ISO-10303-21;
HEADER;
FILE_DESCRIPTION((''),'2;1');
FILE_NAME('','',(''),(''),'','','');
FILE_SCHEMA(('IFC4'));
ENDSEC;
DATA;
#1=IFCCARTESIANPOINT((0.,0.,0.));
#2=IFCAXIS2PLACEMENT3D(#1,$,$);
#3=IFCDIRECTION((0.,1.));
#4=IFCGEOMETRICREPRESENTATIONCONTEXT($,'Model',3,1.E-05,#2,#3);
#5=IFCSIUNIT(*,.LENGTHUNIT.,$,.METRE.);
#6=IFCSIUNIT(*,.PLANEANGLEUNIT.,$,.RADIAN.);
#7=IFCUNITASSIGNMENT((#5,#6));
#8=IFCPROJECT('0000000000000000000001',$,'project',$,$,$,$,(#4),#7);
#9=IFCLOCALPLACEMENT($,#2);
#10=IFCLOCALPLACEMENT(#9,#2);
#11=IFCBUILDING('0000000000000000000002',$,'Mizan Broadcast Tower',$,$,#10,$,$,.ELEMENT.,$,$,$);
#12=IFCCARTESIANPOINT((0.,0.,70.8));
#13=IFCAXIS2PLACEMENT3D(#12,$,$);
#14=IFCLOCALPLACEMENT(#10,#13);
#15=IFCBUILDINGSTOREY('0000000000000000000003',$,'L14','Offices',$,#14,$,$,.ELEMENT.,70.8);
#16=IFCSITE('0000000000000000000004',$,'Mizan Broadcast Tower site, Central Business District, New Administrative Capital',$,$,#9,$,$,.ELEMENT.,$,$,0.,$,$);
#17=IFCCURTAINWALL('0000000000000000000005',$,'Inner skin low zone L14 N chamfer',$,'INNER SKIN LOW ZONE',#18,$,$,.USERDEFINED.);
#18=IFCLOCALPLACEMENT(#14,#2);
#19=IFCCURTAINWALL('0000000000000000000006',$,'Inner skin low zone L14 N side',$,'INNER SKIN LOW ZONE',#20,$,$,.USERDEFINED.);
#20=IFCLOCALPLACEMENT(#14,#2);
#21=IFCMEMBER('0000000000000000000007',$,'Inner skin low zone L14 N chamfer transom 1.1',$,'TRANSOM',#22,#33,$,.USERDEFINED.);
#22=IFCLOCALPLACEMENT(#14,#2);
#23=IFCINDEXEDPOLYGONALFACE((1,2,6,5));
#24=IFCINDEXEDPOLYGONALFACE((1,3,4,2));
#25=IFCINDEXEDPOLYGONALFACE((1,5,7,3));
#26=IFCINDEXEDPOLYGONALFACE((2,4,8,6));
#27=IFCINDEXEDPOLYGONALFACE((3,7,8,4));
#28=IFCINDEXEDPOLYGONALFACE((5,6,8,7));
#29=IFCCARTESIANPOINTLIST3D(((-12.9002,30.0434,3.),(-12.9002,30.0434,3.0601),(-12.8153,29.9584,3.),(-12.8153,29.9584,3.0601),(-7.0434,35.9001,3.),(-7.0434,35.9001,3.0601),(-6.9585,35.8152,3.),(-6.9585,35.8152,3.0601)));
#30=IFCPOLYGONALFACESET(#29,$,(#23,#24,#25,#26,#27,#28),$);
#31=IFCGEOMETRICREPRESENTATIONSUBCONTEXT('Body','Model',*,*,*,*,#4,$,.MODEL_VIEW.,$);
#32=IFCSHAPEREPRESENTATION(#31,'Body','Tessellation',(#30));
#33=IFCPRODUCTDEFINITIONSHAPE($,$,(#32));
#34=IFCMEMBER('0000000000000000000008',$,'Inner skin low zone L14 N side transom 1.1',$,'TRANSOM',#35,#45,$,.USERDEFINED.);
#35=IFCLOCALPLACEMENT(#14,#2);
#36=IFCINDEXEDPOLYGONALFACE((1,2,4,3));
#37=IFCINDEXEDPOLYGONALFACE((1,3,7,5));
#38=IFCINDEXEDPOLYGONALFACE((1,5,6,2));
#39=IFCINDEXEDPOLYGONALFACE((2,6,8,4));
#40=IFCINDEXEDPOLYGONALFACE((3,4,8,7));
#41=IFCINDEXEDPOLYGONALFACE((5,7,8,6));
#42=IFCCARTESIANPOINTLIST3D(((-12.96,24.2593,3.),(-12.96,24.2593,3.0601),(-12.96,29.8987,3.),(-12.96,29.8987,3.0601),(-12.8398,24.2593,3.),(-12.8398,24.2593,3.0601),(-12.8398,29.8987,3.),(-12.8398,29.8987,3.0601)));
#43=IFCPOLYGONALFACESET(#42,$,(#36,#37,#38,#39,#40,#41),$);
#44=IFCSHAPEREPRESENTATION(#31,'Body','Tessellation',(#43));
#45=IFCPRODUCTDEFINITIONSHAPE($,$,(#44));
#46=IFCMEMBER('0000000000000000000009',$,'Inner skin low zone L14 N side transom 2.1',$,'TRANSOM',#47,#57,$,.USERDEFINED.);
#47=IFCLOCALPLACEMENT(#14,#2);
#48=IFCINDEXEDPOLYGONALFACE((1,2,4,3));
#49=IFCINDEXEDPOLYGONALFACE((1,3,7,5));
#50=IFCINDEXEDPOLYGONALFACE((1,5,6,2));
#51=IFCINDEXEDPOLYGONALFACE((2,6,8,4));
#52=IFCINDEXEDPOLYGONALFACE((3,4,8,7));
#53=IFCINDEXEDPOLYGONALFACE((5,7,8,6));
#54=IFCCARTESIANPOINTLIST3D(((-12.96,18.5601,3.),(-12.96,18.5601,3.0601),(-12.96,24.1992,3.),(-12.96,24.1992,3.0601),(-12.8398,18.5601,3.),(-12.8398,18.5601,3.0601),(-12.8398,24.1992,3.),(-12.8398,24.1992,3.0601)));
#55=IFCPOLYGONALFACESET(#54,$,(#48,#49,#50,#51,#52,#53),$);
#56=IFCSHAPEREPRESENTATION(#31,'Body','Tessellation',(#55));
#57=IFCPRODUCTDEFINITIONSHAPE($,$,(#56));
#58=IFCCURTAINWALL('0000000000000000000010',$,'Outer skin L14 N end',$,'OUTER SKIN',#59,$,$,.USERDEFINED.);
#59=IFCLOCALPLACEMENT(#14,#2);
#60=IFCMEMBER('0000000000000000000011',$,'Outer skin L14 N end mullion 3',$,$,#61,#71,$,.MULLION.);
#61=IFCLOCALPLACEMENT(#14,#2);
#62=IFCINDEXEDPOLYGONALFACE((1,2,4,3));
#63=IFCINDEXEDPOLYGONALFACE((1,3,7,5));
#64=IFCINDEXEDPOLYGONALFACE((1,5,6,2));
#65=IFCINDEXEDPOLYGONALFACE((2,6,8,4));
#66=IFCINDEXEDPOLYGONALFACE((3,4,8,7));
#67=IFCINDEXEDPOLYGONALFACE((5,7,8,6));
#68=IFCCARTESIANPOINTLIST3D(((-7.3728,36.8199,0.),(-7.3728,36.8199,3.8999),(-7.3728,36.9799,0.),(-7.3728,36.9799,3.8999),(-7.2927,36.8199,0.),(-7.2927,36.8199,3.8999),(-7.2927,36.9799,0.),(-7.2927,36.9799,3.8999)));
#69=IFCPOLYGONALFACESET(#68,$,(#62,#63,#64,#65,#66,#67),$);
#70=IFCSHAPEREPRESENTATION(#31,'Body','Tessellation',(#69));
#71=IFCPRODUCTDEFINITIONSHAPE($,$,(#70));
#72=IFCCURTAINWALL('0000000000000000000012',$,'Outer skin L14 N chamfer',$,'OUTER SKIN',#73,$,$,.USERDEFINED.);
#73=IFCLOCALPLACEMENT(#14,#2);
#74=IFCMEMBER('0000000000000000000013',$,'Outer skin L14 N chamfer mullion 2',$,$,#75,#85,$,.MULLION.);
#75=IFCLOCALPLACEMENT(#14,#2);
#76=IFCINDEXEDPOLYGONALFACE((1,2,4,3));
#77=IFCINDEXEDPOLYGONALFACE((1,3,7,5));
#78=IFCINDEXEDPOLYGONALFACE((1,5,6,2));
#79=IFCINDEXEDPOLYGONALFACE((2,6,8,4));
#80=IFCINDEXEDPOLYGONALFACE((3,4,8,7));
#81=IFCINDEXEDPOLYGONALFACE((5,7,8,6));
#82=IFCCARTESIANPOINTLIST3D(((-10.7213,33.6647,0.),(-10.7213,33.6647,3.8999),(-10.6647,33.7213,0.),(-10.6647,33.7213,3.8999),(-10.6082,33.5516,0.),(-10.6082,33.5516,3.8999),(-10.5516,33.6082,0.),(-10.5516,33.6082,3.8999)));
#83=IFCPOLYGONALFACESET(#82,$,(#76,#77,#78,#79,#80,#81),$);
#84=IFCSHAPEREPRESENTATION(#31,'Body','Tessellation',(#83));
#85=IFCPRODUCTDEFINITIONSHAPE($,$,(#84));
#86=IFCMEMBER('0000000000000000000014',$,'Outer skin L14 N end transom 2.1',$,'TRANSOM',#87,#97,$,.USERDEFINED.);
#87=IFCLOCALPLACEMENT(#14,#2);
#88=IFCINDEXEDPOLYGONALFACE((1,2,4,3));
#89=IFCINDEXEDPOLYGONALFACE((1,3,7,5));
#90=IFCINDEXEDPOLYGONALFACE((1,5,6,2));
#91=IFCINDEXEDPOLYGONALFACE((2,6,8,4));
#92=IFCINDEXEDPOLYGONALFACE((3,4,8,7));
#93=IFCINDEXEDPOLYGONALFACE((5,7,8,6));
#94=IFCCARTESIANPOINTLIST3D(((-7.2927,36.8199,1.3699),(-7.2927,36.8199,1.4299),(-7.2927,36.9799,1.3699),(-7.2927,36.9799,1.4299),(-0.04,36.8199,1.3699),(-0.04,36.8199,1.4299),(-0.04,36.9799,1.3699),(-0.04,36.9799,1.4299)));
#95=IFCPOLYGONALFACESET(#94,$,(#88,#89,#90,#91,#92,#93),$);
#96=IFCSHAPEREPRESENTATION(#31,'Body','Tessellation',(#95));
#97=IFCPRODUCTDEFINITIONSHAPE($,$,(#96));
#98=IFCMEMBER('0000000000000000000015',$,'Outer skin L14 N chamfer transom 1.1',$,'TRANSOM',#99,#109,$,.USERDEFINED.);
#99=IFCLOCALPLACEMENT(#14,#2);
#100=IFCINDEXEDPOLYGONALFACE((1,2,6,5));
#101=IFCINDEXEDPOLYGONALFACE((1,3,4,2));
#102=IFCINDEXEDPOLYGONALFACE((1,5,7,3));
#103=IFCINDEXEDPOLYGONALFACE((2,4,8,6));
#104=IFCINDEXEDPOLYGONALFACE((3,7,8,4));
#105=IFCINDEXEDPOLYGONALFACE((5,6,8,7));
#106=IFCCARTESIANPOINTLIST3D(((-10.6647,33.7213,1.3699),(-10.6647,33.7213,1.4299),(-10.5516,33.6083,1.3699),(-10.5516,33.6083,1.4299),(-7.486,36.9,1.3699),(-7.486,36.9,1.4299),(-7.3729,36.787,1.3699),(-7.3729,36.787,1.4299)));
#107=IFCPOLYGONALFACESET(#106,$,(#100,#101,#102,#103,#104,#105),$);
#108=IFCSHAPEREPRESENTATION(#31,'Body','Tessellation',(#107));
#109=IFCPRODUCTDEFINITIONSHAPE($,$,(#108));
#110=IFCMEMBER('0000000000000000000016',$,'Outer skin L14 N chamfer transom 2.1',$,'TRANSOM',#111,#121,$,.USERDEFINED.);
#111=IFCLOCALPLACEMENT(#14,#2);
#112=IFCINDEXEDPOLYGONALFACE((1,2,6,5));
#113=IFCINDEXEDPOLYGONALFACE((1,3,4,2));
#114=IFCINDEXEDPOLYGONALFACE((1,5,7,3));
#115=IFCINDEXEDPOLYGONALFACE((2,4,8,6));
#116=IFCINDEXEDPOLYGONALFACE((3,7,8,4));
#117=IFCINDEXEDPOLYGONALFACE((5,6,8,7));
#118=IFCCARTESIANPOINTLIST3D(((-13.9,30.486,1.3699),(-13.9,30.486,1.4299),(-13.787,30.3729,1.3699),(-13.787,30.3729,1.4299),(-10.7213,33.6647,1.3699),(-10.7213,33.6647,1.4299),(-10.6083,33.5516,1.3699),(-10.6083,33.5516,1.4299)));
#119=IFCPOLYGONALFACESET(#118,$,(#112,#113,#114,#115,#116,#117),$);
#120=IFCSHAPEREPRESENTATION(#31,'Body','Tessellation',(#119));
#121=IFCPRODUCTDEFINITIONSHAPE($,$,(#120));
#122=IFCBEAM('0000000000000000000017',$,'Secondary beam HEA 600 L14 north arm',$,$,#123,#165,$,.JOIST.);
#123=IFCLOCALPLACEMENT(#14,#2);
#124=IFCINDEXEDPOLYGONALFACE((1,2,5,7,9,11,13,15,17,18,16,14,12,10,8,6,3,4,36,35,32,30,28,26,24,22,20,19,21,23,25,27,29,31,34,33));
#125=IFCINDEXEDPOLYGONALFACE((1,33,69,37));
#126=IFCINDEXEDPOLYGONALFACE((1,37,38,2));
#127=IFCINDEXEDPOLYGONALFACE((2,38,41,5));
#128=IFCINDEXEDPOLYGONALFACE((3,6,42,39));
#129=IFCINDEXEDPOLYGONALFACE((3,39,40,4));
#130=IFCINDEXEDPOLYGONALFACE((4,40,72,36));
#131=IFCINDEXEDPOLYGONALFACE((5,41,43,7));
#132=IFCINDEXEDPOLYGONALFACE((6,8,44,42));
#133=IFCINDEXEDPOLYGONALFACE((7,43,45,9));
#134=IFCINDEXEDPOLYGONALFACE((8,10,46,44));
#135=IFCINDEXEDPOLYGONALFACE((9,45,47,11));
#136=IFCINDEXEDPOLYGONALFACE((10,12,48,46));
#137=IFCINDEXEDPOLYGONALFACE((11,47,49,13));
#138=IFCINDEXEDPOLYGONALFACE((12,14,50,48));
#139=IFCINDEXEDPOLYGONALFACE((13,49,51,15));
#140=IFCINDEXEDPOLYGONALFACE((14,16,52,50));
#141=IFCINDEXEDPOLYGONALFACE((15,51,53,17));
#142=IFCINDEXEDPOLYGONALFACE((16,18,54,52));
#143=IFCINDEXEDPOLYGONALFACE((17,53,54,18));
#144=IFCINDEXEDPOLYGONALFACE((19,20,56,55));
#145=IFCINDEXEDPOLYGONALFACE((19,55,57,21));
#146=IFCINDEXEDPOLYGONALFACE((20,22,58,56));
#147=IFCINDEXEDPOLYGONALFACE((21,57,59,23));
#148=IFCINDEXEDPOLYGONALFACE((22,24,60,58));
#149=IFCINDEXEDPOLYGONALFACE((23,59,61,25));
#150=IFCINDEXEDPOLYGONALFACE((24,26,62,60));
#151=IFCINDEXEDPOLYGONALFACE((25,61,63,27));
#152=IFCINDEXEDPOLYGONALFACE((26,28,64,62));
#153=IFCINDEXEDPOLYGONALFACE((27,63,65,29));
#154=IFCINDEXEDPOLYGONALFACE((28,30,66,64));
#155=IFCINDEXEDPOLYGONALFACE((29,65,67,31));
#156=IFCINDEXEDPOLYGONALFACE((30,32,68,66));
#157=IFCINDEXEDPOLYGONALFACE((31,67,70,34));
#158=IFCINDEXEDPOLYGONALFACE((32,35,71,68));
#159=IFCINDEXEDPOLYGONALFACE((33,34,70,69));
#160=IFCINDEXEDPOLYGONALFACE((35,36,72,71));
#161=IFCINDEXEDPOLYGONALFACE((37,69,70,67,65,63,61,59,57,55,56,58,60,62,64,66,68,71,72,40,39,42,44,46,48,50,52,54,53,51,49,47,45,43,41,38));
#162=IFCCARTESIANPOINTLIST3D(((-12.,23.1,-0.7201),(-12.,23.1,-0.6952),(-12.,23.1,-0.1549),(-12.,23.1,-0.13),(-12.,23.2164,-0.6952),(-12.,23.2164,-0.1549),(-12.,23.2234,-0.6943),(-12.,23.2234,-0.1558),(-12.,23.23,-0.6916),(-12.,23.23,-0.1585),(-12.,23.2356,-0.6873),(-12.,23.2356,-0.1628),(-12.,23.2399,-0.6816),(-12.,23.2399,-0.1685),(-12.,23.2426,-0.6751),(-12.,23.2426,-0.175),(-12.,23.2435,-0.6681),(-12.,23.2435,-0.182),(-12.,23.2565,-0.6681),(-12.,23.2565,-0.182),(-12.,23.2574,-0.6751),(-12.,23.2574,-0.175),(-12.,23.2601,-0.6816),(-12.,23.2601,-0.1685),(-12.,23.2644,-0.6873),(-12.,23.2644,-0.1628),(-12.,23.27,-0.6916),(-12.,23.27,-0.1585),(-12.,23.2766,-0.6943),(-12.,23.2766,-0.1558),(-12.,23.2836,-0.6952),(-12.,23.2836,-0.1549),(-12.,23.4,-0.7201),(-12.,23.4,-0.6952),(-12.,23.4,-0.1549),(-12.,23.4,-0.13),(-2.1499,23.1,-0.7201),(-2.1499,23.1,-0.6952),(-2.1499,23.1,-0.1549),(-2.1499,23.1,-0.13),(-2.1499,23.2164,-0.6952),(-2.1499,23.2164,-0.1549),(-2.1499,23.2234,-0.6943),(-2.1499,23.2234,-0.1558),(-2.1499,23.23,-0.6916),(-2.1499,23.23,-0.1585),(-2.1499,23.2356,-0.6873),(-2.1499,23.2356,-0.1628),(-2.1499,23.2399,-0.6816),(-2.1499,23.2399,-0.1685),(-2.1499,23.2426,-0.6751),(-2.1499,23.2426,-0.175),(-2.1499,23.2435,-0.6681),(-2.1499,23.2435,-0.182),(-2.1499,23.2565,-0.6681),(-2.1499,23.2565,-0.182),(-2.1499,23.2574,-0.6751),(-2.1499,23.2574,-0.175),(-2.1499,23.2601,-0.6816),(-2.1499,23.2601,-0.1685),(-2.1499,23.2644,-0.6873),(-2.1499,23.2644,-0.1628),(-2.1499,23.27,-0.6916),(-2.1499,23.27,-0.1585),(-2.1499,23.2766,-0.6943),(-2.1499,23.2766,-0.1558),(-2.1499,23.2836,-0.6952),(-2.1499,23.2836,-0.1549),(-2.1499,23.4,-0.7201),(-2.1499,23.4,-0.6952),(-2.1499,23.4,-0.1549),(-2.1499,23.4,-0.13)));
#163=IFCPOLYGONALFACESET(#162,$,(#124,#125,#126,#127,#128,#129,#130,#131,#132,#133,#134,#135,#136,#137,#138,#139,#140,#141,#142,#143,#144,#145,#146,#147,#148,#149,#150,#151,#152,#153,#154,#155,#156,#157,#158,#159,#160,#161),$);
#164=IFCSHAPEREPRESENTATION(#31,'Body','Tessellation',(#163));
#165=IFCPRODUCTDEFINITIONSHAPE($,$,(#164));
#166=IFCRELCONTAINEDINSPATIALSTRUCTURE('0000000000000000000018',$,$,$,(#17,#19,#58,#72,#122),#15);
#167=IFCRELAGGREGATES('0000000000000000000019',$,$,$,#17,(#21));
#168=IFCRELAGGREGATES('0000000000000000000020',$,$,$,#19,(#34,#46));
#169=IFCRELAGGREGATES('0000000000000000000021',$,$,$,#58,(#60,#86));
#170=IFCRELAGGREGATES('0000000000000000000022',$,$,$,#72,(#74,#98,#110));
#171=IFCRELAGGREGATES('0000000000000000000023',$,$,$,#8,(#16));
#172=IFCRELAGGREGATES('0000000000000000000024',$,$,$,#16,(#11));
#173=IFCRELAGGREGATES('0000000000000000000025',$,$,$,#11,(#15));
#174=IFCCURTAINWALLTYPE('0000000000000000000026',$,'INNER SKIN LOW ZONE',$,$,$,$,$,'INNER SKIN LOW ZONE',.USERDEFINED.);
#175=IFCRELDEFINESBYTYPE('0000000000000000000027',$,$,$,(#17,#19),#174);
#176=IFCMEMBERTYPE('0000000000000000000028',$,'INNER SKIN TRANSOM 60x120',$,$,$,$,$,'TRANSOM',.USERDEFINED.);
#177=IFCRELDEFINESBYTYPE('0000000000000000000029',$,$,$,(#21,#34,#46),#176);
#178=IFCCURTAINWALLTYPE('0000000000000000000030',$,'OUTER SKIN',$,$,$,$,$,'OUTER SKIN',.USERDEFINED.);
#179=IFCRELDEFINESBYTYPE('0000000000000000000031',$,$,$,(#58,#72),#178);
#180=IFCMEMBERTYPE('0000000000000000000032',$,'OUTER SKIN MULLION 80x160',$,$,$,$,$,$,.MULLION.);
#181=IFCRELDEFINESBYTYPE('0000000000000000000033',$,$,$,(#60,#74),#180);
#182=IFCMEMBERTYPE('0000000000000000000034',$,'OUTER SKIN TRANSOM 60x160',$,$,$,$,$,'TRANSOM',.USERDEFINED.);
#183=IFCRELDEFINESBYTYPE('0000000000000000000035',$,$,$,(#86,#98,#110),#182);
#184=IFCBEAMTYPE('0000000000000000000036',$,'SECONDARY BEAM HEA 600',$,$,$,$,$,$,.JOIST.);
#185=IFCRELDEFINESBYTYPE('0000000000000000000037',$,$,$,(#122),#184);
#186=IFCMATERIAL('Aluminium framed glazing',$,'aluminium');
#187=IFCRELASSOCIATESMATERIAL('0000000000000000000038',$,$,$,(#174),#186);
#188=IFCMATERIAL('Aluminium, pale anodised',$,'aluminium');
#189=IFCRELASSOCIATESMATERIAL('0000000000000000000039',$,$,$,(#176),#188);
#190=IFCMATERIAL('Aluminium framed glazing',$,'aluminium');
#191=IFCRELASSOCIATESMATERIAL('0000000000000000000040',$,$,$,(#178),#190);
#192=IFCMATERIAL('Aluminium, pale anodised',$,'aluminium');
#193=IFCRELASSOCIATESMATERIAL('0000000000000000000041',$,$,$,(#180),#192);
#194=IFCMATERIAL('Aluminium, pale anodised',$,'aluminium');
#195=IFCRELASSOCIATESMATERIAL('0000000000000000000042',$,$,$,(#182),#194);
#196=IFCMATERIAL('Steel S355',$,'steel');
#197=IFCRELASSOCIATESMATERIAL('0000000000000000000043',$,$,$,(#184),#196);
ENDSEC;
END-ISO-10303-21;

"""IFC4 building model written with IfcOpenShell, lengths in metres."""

from ifc_helpers import new_model, si_unit, direction, frame, origin, origin_2d, place, context, subcontext, project, spatial, rectangle, i_section, extrude, material, material_profile, profile_set, type_object, element, aggregate, save


model = new_model("IFC4")

# Units and contexts
model_context = context("Model", 3, precision=1e-05, world=origin(), true_north=direction((0.0, 1.0)))
body_context = subcontext(model_context, "Body", "Model", "MODEL_VIEW")
ifc_project = project(units=[si_unit("LENGTHUNIT", "METRE"), si_unit("PLANEANGLEUNIT", "RADIAN")], contexts=[model_context])

# Site, building, storey
site_placement = place(None, origin())
site = spatial("IfcSite", under=ifc_project, at=site_placement, Name="Mizan Broadcast Tower site, Central Business District, New Administrative Capital", CompositionType="ELEMENT", RefElevation=0.0)
building_placement = place(site_placement, origin())
building = spatial("IfcBuilding", under=site, at=building_placement, Name="Mizan Broadcast Tower", CompositionType="ELEMENT")
storey_placement = place(building_placement, frame((0.0, 0.0, 70.8)))
storey = spatial("IfcBuildingStorey", under=building, at=storey_placement, Name="L14", Description="Offices", CompositionType="ELEMENT", Elevation=70.8)

# Curtain walls
ifc_material_1 = material(Name="Aluminium framed glazing", Category="aluminium")
curtain_wall_type_1 = type_object("IfcCurtainWallType", Name="INNER SKIN LOW ZONE", ElementType="INNER SKIN LOW ZONE", PredefinedType="USERDEFINED", material=ifc_material_1)
curtain_wall_1_placement = place(storey_placement, origin())
curtain_wall_1 = element("IfcCurtainWall", 1, at=curtain_wall_1_placement, inside=storey, type_object=curtain_wall_type_1, Name="Inner skin low zone L14 N chamfer", ObjectType="INNER SKIN LOW ZONE", PredefinedType="USERDEFINED")
curtain_wall_2_placement = place(storey_placement, origin())
curtain_wall_2 = element("IfcCurtainWall", 2, at=curtain_wall_2_placement, inside=storey, type_object=curtain_wall_type_1, Name="Inner skin low zone L14 N side", ObjectType="INNER SKIN LOW ZONE", PredefinedType="USERDEFINED")

# Members
ifc_material_2 = material(Name="Aluminium, pale anodised", Category="aluminium")
ifc_material_profile_1 = material_profile(ifc_material_2, rectangle(XDim=0.1201, YDim=0.0601, at=origin_2d()), Name="TRANSOM 120x60")
ifc_profile_set_1 = profile_set([ifc_material_profile_1], Name="Aluminium, pale anodised")
member_type_1 = type_object("IfcMemberType", Name="INNER SKIN TRANSOM 60x120", ElementType="TRANSOM", PredefinedType="USERDEFINED", material=ifc_profile_set_1)
member_1_placement = place(storey_placement, frame((-7.001, 35.8577, 3.03), z_axis=(-0.707107, -0.707107, 0.0), x_axis=(0.707107, -0.707107, 0.0)))
member_1 = element("IfcMember", 3, at=member_1_placement, type_object=member_type_1, Name="Inner skin low zone L14 N chamfer transom 1.1", ObjectType="TRANSOM", PredefinedType="USERDEFINED", context=body_context, shape_type="SweptSolid", body=[
    extrude(rectangle(XDim=0.1201, YDim=0.0601, at=origin_2d()), origin(), (0.0, 0.0, 1.0), 8.2827),
])
member_2_placement = place(storey_placement, frame((-12.8999, 29.8987, 3.03), z_axis=(0.0, -1.0, 0.0), x_axis=(1.0, 0.0, 0.0)))
member_2 = element("IfcMember", 4, at=member_2_placement, type_object=member_type_1, Name="Inner skin low zone L14 N side transom 1.1", ObjectType="TRANSOM", PredefinedType="USERDEFINED", context=body_context, shape_type="SweptSolid", body=[
    extrude(rectangle(XDim=0.1201, YDim=0.0601, at=origin_2d()), origin(), (0.0, 0.0, 1.0), 5.6394),
])
member_3_placement = place(storey_placement, frame((-12.8999, 24.1992, 3.03), z_axis=(0.0, -1.0, 0.0), x_axis=(1.0, 0.0, 0.0)))
member_3 = element("IfcMember", 5, at=member_3_placement, type_object=member_type_1, Name="Inner skin low zone L14 N side transom 2.1", ObjectType="TRANSOM", PredefinedType="USERDEFINED", context=body_context, shape_type="SweptSolid", body=[
    extrude(rectangle(XDim=0.1201, YDim=0.0601, at=origin_2d()), origin(), (0.0, 0.0, 1.0), 5.6392),
])

# Curtain walls, members
ifc_material_3 = material(Name="Aluminium framed glazing", Category="aluminium")
curtain_wall_type_2 = type_object("IfcCurtainWallType", Name="OUTER SKIN", ElementType="OUTER SKIN", PredefinedType="USERDEFINED", material=ifc_material_3)
curtain_wall_3_placement = place(storey_placement, origin())
curtain_wall_3 = element("IfcCurtainWall", 6, at=curtain_wall_3_placement, inside=storey, type_object=curtain_wall_type_2, Name="Outer skin L14 N end", ObjectType="OUTER SKIN", PredefinedType="USERDEFINED")
ifc_material_4 = material(Name="Aluminium, pale anodised", Category="aluminium")
ifc_material_profile_2 = material_profile(ifc_material_4, rectangle(XDim=0.1599, YDim=0.0801, at=origin_2d()), Name="MULLION 160x80")
ifc_profile_set_2 = profile_set([ifc_material_profile_2], Name="Aluminium, pale anodised")
member_type_2 = type_object("IfcMemberType", Name="OUTER SKIN MULLION 80x160", PredefinedType="MULLION", material=ifc_profile_set_2)
member_4_placement = place(storey_placement, frame((-7.3328, 36.8999, 0.0), z_axis=(0.0, 0.0, 1.0), x_axis=(0.0, -1.0, 0.0)))
member_4 = element("IfcMember", 7, at=member_4_placement, type_object=member_type_2, Name="Outer skin L14 N end mullion 3", PredefinedType="MULLION", context=body_context, shape_type="SweptSolid", body=[
    extrude(rectangle(XDim=0.1599, YDim=0.0801, at=origin_2d()), origin(), (0.0, 0.0, 1.0), 3.8999),
])
curtain_wall_4_placement = place(storey_placement, origin())
curtain_wall_4 = element("IfcCurtainWall", 8, at=curtain_wall_4_placement, inside=storey, type_object=curtain_wall_type_2, Name="Outer skin L14 N chamfer", ObjectType="OUTER SKIN", PredefinedType="USERDEFINED")
member_5_placement = place(storey_placement, frame((-10.6365, 33.6365, 0.0), z_axis=(0.0, 0.0, 1.0), x_axis=(0.707107, -0.707107, 0.0)))
member_5 = element("IfcMember", 9, at=member_5_placement, type_object=member_type_2, Name="Outer skin L14 N chamfer mullion 2", PredefinedType="MULLION", context=body_context, shape_type="SweptSolid", body=[
    extrude(rectangle(XDim=0.1599, YDim=0.0801, at=origin_2d()), origin(), (0.0, 0.0, 1.0), 3.8999),
])

# Members
ifc_material_5 = material(Name="Aluminium, pale anodised", Category="aluminium")
ifc_material_profile_3 = material_profile(ifc_material_5, rectangle(XDim=0.1599, YDim=0.0601, at=origin_2d()), Name="TRANSOM 160x60")
ifc_profile_set_3 = profile_set([ifc_material_profile_3], Name="Aluminium, pale anodised")
member_type_3 = type_object("IfcMemberType", Name="OUTER SKIN TRANSOM 60x160", ElementType="TRANSOM", PredefinedType="USERDEFINED", material=ifc_profile_set_3)
member_6_placement = place(storey_placement, frame((-0.04, 36.8999, 1.3999), z_axis=(-1.0, 0.0, 0.0), x_axis=(0.0, -1.0, 0.0)))
member_6 = element("IfcMember", 10, at=member_6_placement, type_object=member_type_3, Name="Outer skin L14 N end transom 2.1", ObjectType="TRANSOM", PredefinedType="USERDEFINED", context=body_context, shape_type="SweptSolid", body=[
    extrude(rectangle(XDim=0.1599, YDim=0.0601, at=origin_2d()), origin(), (0.0, 0.0, 1.0), 7.2527),
])
member_7_placement = place(storey_placement, frame((-7.4294, 36.8435, 1.3999), z_axis=(-0.707107, -0.707107, 0.0), x_axis=(0.707107, -0.707107, 0.0)))
member_7 = element("IfcMember", 11, at=member_7_placement, type_object=member_type_3, Name="Outer skin L14 N chamfer transom 1.1", ObjectType="TRANSOM", PredefinedType="USERDEFINED", context=body_context, shape_type="SweptSolid", body=[
    extrude(rectangle(XDim=0.1599, YDim=0.0601, at=origin_2d()), origin(), (0.0, 0.0, 1.0), 4.4954),
])
member_8_placement = place(storey_placement, frame((-10.6648, 33.6082, 1.3999), z_axis=(-0.707107, -0.707107, 0.0), x_axis=(0.707107, -0.707107, 0.0)))
member_8 = element("IfcMember", 12, at=member_8_placement, type_object=member_type_3, Name="Outer skin L14 N chamfer transom 2.1", ObjectType="TRANSOM", PredefinedType="USERDEFINED", context=body_context, shape_type="SweptSolid", body=[
    extrude(rectangle(XDim=0.1599, YDim=0.0601, at=origin_2d()), origin(), (0.0, 0.0, 1.0), 4.4954),
])

# Beam
ifc_material_6 = material(Name="Steel S355", Category="steel")
ifc_material_profile_4 = material_profile(ifc_material_6, i_section(OverallWidth=0.3, OverallDepth=0.5901, WebThickness=0.0129, FlangeThickness=0.0249, FilletRadius=0.0271, at=origin_2d()), Name="HEA 600")
ifc_profile_set_4 = profile_set([ifc_material_profile_4], Name="Steel S355")
beam_type_1 = type_object("IfcBeamType", Name="SECONDARY BEAM HEA 600", PredefinedType="JOIST", material=ifc_profile_set_4)
beam_1_placement = place(storey_placement, frame((-12.0, 23.25, -0.425), z_axis=(1.0, 0.0, 0.0), x_axis=(0.0, 1.0, 0.0)))
element("IfcBeam", 13, at=beam_1_placement, inside=storey, type_object=beam_type_1, Name="Secondary beam HEA 600 L14 north arm", PredefinedType="JOIST", context=body_context, shape_type="SweptSolid", body=[
    extrude(i_section(OverallWidth=0.3, OverallDepth=0.5901, WebThickness=0.0129, FlangeThickness=0.0249, FilletRadius=0.0271, at=origin_2d()), origin(), (0.0, 0.0, 1.0), 9.8501),
])

aggregate(curtain_wall_1, [member_1])
aggregate(curtain_wall_2, [member_2, member_3])
aggregate(curtain_wall_3, [member_4, member_6])
aggregate(curtain_wall_4, [member_5, member_7, member_8])

save(model, "model.ifc")
